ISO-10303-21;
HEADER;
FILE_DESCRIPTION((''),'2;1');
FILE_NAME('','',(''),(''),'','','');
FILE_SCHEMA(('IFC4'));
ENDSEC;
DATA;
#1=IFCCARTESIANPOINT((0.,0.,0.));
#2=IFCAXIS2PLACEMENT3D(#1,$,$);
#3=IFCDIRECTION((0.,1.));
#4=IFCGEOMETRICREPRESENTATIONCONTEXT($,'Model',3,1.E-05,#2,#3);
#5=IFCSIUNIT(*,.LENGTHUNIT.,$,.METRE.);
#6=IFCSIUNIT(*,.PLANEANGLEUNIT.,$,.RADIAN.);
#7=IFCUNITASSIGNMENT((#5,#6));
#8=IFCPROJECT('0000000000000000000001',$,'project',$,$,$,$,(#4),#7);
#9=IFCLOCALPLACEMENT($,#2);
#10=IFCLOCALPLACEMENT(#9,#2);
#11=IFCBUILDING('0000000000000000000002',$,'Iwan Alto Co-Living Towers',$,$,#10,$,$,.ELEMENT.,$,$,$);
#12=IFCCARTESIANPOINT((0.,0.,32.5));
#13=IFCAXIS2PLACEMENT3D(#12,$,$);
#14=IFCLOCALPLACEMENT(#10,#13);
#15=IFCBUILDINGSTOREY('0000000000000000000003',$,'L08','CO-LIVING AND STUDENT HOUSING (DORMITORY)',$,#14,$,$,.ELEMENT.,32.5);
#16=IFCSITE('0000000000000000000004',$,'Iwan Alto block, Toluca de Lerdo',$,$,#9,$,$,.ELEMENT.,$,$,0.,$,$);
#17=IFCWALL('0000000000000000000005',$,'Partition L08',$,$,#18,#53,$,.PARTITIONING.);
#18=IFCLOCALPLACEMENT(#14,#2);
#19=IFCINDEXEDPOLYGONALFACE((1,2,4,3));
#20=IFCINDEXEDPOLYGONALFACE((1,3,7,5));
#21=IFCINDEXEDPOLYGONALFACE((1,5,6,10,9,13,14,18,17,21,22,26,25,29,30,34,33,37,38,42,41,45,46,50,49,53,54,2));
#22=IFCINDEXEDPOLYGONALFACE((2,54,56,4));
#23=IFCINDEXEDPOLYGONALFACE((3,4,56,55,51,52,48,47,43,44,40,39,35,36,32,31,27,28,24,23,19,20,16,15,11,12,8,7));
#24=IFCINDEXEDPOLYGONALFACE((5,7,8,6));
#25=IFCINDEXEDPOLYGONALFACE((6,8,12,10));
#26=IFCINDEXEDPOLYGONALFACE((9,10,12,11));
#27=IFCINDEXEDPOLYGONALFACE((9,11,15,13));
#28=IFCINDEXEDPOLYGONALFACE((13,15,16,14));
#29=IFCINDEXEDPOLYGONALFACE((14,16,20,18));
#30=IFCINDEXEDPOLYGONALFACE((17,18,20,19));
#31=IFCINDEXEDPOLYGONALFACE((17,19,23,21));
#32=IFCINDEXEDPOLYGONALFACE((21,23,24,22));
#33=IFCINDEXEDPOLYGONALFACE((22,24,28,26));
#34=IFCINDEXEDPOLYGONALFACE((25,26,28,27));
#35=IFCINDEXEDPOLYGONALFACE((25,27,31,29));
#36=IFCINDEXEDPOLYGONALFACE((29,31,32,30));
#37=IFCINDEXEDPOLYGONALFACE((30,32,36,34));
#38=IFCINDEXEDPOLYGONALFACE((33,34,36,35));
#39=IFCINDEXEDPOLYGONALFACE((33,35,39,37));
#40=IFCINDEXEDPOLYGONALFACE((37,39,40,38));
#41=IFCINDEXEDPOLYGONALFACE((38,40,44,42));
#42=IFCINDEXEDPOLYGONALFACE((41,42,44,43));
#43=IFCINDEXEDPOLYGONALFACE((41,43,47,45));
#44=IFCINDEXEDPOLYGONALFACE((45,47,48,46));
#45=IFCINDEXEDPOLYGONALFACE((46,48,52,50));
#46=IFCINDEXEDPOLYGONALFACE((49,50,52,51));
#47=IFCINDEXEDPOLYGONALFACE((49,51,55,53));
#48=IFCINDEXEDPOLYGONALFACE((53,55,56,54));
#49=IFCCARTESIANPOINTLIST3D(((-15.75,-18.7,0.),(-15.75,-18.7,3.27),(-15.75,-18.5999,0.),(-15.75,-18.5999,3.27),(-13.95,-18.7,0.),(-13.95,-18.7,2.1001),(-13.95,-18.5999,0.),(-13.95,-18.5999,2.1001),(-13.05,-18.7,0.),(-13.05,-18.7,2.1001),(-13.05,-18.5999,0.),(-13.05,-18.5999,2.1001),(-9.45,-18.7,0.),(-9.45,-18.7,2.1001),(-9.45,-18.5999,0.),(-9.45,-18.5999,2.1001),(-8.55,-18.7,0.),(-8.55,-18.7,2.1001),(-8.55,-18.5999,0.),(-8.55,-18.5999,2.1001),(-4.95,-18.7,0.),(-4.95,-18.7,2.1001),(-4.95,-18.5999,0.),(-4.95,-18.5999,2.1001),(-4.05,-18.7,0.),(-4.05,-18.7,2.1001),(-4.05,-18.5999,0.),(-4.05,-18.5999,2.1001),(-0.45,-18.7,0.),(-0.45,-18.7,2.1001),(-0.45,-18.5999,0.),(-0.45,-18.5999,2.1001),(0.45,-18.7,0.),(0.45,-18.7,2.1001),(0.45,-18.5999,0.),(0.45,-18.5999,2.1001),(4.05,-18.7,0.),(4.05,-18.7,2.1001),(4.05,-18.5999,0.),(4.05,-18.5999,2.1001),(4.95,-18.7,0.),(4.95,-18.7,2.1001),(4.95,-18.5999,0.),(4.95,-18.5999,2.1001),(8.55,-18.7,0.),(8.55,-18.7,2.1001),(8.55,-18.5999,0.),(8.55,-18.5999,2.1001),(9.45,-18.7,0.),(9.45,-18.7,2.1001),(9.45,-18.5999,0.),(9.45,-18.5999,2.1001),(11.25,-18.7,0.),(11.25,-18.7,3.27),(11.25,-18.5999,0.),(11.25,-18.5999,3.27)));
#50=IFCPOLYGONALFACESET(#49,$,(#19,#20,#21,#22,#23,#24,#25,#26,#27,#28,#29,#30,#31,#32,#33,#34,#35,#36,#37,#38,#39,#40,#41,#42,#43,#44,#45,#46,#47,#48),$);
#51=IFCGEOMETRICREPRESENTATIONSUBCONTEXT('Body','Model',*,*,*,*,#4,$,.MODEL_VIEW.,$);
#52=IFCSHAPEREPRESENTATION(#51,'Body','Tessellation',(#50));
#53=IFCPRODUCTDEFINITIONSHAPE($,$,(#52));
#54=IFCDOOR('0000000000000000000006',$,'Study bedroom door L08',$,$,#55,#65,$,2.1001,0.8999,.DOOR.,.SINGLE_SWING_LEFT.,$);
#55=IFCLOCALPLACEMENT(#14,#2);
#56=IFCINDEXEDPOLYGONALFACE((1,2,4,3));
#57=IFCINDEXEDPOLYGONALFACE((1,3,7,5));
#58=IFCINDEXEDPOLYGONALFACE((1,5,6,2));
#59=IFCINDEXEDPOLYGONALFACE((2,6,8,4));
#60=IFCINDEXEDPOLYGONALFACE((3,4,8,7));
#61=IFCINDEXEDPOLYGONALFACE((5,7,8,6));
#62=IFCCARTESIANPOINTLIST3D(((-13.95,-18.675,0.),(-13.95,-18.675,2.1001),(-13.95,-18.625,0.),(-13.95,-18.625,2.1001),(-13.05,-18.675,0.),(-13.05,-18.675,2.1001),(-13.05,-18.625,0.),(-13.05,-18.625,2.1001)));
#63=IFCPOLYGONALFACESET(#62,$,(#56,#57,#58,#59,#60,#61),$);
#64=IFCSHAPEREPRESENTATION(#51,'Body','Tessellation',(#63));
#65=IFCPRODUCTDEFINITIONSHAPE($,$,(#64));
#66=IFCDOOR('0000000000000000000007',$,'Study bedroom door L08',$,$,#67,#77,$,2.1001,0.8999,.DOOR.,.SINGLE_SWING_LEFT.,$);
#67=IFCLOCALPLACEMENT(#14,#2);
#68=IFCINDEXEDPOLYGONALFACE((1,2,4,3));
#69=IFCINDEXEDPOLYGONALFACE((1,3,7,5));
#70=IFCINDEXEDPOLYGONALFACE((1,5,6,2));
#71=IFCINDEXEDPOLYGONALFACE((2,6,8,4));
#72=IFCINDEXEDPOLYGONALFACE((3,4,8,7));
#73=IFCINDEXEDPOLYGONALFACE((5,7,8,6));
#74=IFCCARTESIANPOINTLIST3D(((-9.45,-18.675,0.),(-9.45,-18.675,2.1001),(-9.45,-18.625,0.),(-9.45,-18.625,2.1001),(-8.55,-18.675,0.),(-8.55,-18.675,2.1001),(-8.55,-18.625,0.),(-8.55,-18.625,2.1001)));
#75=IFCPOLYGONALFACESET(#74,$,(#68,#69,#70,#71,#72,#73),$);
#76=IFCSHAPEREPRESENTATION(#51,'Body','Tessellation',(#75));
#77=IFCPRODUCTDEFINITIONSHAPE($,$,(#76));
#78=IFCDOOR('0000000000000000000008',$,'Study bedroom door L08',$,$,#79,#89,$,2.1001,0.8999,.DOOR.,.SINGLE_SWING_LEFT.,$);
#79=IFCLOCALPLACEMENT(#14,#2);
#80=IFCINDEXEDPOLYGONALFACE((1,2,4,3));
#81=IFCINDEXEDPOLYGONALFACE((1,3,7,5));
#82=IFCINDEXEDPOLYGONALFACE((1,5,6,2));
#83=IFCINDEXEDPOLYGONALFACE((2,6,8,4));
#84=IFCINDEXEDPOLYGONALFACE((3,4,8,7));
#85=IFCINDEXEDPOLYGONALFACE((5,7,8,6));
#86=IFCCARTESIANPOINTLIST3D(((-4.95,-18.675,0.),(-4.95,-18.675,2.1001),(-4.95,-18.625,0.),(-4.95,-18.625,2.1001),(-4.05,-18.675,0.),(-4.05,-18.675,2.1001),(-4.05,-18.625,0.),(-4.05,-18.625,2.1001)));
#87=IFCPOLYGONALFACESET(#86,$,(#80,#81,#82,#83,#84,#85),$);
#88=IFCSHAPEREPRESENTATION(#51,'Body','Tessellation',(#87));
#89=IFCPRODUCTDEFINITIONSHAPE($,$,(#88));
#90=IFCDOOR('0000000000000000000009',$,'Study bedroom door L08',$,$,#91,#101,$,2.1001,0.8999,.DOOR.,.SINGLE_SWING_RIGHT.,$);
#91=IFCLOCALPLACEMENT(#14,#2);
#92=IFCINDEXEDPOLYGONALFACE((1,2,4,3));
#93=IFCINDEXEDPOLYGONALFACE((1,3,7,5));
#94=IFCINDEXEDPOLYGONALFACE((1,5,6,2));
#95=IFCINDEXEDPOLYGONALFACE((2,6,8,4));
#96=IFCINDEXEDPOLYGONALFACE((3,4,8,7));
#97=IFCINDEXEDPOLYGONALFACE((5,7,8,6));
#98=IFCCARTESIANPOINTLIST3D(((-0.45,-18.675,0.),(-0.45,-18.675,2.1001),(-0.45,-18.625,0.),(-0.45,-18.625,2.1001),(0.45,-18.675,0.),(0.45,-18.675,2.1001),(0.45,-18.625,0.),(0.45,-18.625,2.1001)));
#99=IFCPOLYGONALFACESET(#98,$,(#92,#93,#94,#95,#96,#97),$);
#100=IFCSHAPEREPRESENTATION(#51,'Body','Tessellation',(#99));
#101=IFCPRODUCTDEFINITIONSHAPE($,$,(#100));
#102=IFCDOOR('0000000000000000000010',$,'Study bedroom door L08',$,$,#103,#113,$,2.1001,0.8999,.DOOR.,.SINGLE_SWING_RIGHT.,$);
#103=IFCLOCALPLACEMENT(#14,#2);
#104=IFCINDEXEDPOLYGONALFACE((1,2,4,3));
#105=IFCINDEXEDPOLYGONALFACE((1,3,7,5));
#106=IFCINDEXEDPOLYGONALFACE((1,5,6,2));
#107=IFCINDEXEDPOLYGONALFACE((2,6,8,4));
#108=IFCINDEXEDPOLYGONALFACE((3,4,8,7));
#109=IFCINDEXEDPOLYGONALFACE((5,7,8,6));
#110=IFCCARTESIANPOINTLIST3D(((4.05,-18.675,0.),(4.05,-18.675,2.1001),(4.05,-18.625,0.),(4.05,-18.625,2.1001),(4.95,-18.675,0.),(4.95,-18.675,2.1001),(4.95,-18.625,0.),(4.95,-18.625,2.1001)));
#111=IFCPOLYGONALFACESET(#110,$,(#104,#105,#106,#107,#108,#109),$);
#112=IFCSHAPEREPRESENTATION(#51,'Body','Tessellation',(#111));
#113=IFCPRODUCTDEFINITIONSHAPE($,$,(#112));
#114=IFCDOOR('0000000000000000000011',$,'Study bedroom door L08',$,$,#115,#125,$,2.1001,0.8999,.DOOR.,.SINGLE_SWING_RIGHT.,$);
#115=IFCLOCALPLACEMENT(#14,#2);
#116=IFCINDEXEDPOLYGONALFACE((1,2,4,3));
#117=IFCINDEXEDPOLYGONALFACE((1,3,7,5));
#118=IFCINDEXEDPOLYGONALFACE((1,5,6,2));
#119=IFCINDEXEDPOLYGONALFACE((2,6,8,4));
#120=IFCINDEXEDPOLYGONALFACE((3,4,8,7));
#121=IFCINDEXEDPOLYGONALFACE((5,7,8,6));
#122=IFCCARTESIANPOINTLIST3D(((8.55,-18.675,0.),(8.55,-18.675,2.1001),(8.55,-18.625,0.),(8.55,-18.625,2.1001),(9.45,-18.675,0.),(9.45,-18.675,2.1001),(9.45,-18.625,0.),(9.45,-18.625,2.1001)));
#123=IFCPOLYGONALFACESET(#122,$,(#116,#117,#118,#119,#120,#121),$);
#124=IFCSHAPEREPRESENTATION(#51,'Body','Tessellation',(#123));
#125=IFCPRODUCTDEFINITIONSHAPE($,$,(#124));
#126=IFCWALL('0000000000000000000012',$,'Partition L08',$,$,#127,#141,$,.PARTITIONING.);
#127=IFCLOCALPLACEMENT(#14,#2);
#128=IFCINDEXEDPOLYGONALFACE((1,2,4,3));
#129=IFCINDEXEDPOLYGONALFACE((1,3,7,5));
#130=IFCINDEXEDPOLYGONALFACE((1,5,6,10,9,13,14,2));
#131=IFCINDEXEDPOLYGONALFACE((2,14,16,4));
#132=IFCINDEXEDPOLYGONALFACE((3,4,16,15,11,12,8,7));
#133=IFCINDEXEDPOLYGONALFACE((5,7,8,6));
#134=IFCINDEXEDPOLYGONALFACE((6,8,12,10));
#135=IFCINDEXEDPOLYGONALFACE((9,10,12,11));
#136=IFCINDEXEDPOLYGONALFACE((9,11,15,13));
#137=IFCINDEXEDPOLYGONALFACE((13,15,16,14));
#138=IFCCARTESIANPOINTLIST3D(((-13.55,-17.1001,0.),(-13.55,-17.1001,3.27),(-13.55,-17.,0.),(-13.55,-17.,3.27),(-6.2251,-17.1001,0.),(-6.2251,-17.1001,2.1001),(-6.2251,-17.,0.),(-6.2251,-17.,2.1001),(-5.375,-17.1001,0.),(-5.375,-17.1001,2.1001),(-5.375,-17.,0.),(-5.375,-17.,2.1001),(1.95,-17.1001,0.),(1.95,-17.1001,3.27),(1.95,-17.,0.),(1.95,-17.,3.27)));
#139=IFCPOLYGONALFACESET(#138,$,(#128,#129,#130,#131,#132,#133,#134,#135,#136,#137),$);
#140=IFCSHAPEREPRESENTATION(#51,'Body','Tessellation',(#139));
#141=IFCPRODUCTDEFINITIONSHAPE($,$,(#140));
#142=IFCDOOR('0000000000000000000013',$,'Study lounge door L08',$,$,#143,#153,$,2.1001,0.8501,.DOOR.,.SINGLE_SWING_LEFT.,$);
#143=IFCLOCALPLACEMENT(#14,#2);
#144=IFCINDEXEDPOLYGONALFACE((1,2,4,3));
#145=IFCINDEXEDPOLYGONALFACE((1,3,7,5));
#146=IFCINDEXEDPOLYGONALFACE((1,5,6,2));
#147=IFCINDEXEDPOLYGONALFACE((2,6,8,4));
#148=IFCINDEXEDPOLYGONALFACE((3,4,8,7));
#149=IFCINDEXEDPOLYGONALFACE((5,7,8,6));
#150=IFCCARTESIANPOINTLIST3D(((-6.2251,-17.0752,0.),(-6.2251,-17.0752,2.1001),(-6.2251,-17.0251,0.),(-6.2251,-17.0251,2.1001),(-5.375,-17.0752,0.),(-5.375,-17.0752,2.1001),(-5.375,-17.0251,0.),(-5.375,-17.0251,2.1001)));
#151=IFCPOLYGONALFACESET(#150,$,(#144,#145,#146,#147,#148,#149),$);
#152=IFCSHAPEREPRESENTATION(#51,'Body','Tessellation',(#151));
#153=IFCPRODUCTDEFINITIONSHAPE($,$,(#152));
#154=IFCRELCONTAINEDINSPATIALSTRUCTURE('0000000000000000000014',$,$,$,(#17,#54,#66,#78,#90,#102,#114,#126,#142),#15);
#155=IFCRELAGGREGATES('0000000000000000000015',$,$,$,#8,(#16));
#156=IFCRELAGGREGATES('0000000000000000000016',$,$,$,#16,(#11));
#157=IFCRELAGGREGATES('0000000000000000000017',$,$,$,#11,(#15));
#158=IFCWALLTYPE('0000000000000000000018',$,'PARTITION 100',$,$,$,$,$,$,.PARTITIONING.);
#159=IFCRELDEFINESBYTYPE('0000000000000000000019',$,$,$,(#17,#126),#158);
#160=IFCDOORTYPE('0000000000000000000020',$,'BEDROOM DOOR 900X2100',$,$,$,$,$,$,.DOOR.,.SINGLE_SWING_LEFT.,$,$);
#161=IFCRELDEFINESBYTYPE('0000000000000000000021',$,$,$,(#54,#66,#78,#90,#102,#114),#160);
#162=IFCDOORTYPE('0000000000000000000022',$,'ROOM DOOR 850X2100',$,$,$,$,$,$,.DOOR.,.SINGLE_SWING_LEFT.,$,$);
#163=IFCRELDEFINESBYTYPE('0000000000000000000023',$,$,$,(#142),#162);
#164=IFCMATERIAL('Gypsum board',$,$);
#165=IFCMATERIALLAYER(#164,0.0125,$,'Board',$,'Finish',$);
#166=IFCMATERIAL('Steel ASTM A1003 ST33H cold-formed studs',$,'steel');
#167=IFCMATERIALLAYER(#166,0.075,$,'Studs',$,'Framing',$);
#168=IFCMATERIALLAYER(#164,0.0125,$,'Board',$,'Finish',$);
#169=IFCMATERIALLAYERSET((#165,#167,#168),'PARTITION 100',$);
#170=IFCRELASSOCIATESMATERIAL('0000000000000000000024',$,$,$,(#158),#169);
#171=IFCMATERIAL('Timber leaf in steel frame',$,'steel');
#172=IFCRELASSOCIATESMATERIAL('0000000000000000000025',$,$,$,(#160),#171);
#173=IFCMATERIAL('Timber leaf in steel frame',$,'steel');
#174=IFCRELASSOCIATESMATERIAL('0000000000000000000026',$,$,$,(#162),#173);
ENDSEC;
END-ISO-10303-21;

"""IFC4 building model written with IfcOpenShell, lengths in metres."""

from ifc_helpers import new_model, si_unit, direction, frame, frame_2d, origin, place, context, subcontext, project, spatial, rectangle, extrude, material, layer, layer_set, type_object, element, fill, save


model = new_model("IFC4")

# Units and contexts
model_context = context("Model", 3, precision=1e-05, world=origin(), true_north=direction((0.0, 1.0)))
body_context = subcontext(model_context, "Body", "Model", "MODEL_VIEW")
ifc_project = project(units=[si_unit("LENGTHUNIT", "METRE"), si_unit("PLANEANGLEUNIT", "RADIAN")], contexts=[model_context])

# Site, building, storey
site_placement = place(None, origin())
site = spatial("IfcSite", under=ifc_project, at=site_placement, Name="Iwan Alto block, Toluca de Lerdo", CompositionType="ELEMENT", RefElevation=0.0)
building_placement = place(site_placement, origin())
building = spatial("IfcBuilding", under=site, at=building_placement, Name="Iwan Alto Co-Living Towers", CompositionType="ELEMENT")
storey_placement = place(building_placement, frame((0.0, 0.0, 32.5)))
storey = spatial("IfcBuildingStorey", under=building, at=storey_placement, Name="L08", Description="CO-LIVING AND STUDENT HOUSING (DORMITORY)", CompositionType="ELEMENT", Elevation=32.5)

# Wall, openings, doors
ifc_material_1 = material(Name="Gypsum board")
ifc_layer_1 = layer(ifc_material_1, 0.0125, Name="Board", Category="Finish")
ifc_material_2 = material(Name="Steel ASTM A1003 ST33H cold-formed studs", Category="steel")
ifc_layer_2 = layer(ifc_material_2, 0.075, Name="Studs", Category="Framing")
ifc_layer_3 = layer(ifc_material_1, 0.0125, Name="Board", Category="Finish")
ifc_layer_set_1 = layer_set([ifc_layer_1, ifc_layer_2, ifc_layer_3], Name="PARTITION 100")
wall_type = type_object("IfcWallType", Name="PARTITION 100", PredefinedType="PARTITIONING", material=ifc_layer_set_1)
wall_1_placement = place(storey_placement, frame((-15.75, -18.6499, 0.0), z_axis=(0.0, 0.0, 1.0), x_axis=(1.0, 0.0, 0.0)))
wall_1 = element("IfcWall", 1, at=wall_1_placement, inside=storey, type_object=wall_type, Name="Partition L08", PredefinedType="PARTITIONING", context=body_context, shape_type="SweptSolid", body=[
    extrude(rectangle(XDim=27.0, YDim=0.1001, at=frame_2d((13.5, 0.0))), origin(), (0.0, 0.0, 1.0), 3.27),
])
opening_1_placement = place(wall_1_placement, frame((1.8, 0.0, 0.0)))
opening_1 = element("IfcOpeningElement", 2, at=opening_1_placement, cuts=wall_1, PredefinedType="OPENING", context=body_context, shape_type="SweptSolid", body=[
    extrude(rectangle(XDim=0.8999, YDim=2.1001, at=frame_2d((0.45, 1.05))), frame((0.0, 0.0601, 0.0), z_axis=(0.0, -1.0, 0.0), x_axis=(1.0, 0.0, 0.0)), (0.0, 0.0, 1.0), 0.1201),
])
opening_2_placement = place(wall_1_placement, frame((6.3, 0.0, 0.0)))
opening_2 = element("IfcOpeningElement", 3, at=opening_2_placement, cuts=wall_1, PredefinedType="OPENING", context=body_context, shape_type="SweptSolid", body=[
    extrude(rectangle(XDim=0.8999, YDim=2.1001, at=frame_2d((0.45, 1.05))), frame((0.0, 0.0601, 0.0), z_axis=(0.0, -1.0, 0.0), x_axis=(1.0, 0.0, 0.0)), (0.0, 0.0, 1.0), 0.1201),
])
opening_3_placement = place(wall_1_placement, frame((10.8, 0.0, 0.0)))
opening_3 = element("IfcOpeningElement", 4, at=opening_3_placement, cuts=wall_1, PredefinedType="OPENING", context=body_context, shape_type="SweptSolid", body=[
    extrude(rectangle(XDim=0.8999, YDim=2.1001, at=frame_2d((0.45, 1.05))), frame((0.0, 0.0601, 0.0), z_axis=(0.0, -1.0, 0.0), x_axis=(1.0, 0.0, 0.0)), (0.0, 0.0, 1.0), 0.1201),
])
opening_4_placement = place(wall_1_placement, frame((15.3, 0.0, 0.0)))
opening_4 = element("IfcOpeningElement", 5, at=opening_4_placement, cuts=wall_1, PredefinedType="OPENING", context=body_context, shape_type="SweptSolid", body=[
    extrude(rectangle(XDim=0.8999, YDim=2.1001, at=frame_2d((0.45, 1.05))), frame((0.0, 0.0601, 0.0), z_axis=(0.0, -1.0, 0.0), x_axis=(1.0, 0.0, 0.0)), (0.0, 0.0, 1.0), 0.1201),
])
opening_5_placement = place(wall_1_placement, frame((19.8, 0.0, 0.0)))
opening_5 = element("IfcOpeningElement", 6, at=opening_5_placement, cuts=wall_1, PredefinedType="OPENING", context=body_context, shape_type="SweptSolid", body=[
    extrude(rectangle(XDim=0.8999, YDim=2.1001, at=frame_2d((0.45, 1.05))), frame((0.0, 0.0601, 0.0), z_axis=(0.0, -1.0, 0.0), x_axis=(1.0, 0.0, 0.0)), (0.0, 0.0, 1.0), 0.1201),
])
opening_6_placement = place(wall_1_placement, frame((24.3, 0.0, 0.0)))
opening_6 = element("IfcOpeningElement", 7, at=opening_6_placement, cuts=wall_1, PredefinedType="OPENING", context=body_context, shape_type="SweptSolid", body=[
    extrude(rectangle(XDim=0.8999, YDim=2.1001, at=frame_2d((0.45, 1.05))), frame((0.0, 0.0601, 0.0), z_axis=(0.0, -1.0, 0.0), x_axis=(1.0, 0.0, 0.0)), (0.0, 0.0, 1.0), 0.1201),
])
ifc_material_3 = material(Name="Timber leaf in steel frame", Category="steel")
door_type_1 = type_object("IfcDoorType", Name="BEDROOM DOOR 900X2100", OperationType="SINGLE_SWING_LEFT", PredefinedType="DOOR", material=ifc_material_3)
door_1_placement = place(opening_1_placement, origin())
door_1 = element("IfcDoor", 8, at=door_1_placement, inside=storey, type_object=door_type_1, Name="Study bedroom door L08", OperationType="SINGLE_SWING_LEFT", OverallHeight=2.1001, OverallWidth=0.8999, PredefinedType="DOOR", context=body_context, shape_type="SweptSolid", body=[
    extrude(rectangle(XDim=0.8999, YDim=2.1001, at=frame_2d((0.45, 1.05))), frame((0.0, 0.0249, 0.0), z_axis=(0.0, -1.0, 0.0), x_axis=(1.0, 0.0, 0.0)), (0.0, 0.0, 1.0), 0.05),
])
fill(opening_1, door_1)
door_2_placement = place(opening_2_placement, origin())
door_2 = element("IfcDoor", 9, at=door_2_placement, inside=storey, type_object=door_type_1, Name="Study bedroom door L08", OperationType="SINGLE_SWING_LEFT", OverallHeight=2.1001, OverallWidth=0.8999, PredefinedType="DOOR", context=body_context, shape_type="SweptSolid", body=[
    extrude(rectangle(XDim=0.8999, YDim=2.1001, at=frame_2d((0.45, 1.05))), frame((0.0, 0.0249, 0.0), z_axis=(0.0, -1.0, 0.0), x_axis=(1.0, 0.0, 0.0)), (0.0, 0.0, 1.0), 0.05),
])
fill(opening_2, door_2)
door_3_placement = place(opening_3_placement, origin())
door_3 = element("IfcDoor", 10, at=door_3_placement, inside=storey, type_object=door_type_1, Name="Study bedroom door L08", OperationType="SINGLE_SWING_LEFT", OverallHeight=2.1001, OverallWidth=0.8999, PredefinedType="DOOR", context=body_context, shape_type="SweptSolid", body=[
    extrude(rectangle(XDim=0.8999, YDim=2.1001, at=frame_2d((0.45, 1.05))), frame((0.0, 0.0249, 0.0), z_axis=(0.0, -1.0, 0.0), x_axis=(1.0, 0.0, 0.0)), (0.0, 0.0, 1.0), 0.05),
])
fill(opening_3, door_3)
door_4_placement = place(opening_4_placement, origin())
door_4 = element("IfcDoor", 11, at=door_4_placement, inside=storey, type_object=door_type_1, Name="Study bedroom door L08", OperationType="SINGLE_SWING_RIGHT", OverallHeight=2.1001, OverallWidth=0.8999, PredefinedType="DOOR", context=body_context, shape_type="SweptSolid", body=[
    extrude(rectangle(XDim=0.8999, YDim=2.1001, at=frame_2d((0.45, 1.05))), frame((0.0, 0.0249, 0.0), z_axis=(0.0, -1.0, 0.0), x_axis=(1.0, 0.0, 0.0)), (0.0, 0.0, 1.0), 0.05),
])
fill(opening_4, door_4)
door_5_placement = place(opening_5_placement, origin())
door_5 = element("IfcDoor", 12, at=door_5_placement, inside=storey, type_object=door_type_1, Name="Study bedroom door L08", OperationType="SINGLE_SWING_RIGHT", OverallHeight=2.1001, OverallWidth=0.8999, PredefinedType="DOOR", context=body_context, shape_type="SweptSolid", body=[
    extrude(rectangle(XDim=0.8999, YDim=2.1001, at=frame_2d((0.45, 1.05))), frame((0.0, 0.0249, 0.0), z_axis=(0.0, -1.0, 0.0), x_axis=(1.0, 0.0, 0.0)), (0.0, 0.0, 1.0), 0.05),
])
fill(opening_5, door_5)
door_6_placement = place(opening_6_placement, origin())
door_6 = element("IfcDoor", 13, at=door_6_placement, inside=storey, type_object=door_type_1, Name="Study bedroom door L08", OperationType="SINGLE_SWING_RIGHT", OverallHeight=2.1001, OverallWidth=0.8999, PredefinedType="DOOR", context=body_context, shape_type="SweptSolid", body=[
    extrude(rectangle(XDim=0.8999, YDim=2.1001, at=frame_2d((0.45, 1.05))), frame((0.0, 0.0249, 0.0), z_axis=(0.0, -1.0, 0.0), x_axis=(1.0, 0.0, 0.0)), (0.0, 0.0, 1.0), 0.05),
])
fill(opening_6, door_6)

# Wall, opening, door
wall_2_placement = place(storey_placement, frame((-13.55, -17.05, 0.0), z_axis=(0.0, 0.0, 1.0), x_axis=(1.0, 0.0, 0.0)))
wall_2 = element("IfcWall", 14, at=wall_2_placement, inside=storey, type_object=wall_type, Name="Partition L08", PredefinedType="PARTITIONING", context=body_context, shape_type="SweptSolid", body=[
    extrude(rectangle(XDim=15.5, YDim=0.1001, at=frame_2d((7.75, 0.0))), origin(), (0.0, 0.0, 1.0), 3.27),
])
opening_7_placement = place(wall_2_placement, frame((7.325, 0.0, 0.0)))
opening_7 = element("IfcOpeningElement", 15, at=opening_7_placement, cuts=wall_2, PredefinedType="OPENING", context=body_context, shape_type="SweptSolid", body=[
    extrude(rectangle(XDim=0.8501, YDim=2.1001, at=frame_2d((0.425, 1.05))), frame((0.0, 0.0601, 0.0), z_axis=(0.0, -1.0, 0.0), x_axis=(1.0, 0.0, 0.0)), (0.0, 0.0, 1.0), 0.1201),
])
ifc_material_4 = material(Name="Timber leaf in steel frame", Category="steel")
door_type_2 = type_object("IfcDoorType", Name="ROOM DOOR 850X2100", OperationType="SINGLE_SWING_LEFT", PredefinedType="DOOR", material=ifc_material_4)
door_7_placement = place(opening_7_placement, origin())
door_7 = element("IfcDoor", 16, at=door_7_placement, inside=storey, type_object=door_type_2, Name="Study lounge door L08", OperationType="SINGLE_SWING_LEFT", OverallHeight=2.1001, OverallWidth=0.8501, PredefinedType="DOOR", context=body_context, shape_type="SweptSolid", body=[
    extrude(rectangle(XDim=0.8501, YDim=2.1001, at=frame_2d((0.425, 1.05))), frame((0.0, 0.0249, 0.0), z_axis=(0.0, -1.0, 0.0), x_axis=(1.0, 0.0, 0.0)), (0.0, 0.0, 1.0), 0.05),
])
fill(opening_7, door_7)

save(model, "model.ifc")
